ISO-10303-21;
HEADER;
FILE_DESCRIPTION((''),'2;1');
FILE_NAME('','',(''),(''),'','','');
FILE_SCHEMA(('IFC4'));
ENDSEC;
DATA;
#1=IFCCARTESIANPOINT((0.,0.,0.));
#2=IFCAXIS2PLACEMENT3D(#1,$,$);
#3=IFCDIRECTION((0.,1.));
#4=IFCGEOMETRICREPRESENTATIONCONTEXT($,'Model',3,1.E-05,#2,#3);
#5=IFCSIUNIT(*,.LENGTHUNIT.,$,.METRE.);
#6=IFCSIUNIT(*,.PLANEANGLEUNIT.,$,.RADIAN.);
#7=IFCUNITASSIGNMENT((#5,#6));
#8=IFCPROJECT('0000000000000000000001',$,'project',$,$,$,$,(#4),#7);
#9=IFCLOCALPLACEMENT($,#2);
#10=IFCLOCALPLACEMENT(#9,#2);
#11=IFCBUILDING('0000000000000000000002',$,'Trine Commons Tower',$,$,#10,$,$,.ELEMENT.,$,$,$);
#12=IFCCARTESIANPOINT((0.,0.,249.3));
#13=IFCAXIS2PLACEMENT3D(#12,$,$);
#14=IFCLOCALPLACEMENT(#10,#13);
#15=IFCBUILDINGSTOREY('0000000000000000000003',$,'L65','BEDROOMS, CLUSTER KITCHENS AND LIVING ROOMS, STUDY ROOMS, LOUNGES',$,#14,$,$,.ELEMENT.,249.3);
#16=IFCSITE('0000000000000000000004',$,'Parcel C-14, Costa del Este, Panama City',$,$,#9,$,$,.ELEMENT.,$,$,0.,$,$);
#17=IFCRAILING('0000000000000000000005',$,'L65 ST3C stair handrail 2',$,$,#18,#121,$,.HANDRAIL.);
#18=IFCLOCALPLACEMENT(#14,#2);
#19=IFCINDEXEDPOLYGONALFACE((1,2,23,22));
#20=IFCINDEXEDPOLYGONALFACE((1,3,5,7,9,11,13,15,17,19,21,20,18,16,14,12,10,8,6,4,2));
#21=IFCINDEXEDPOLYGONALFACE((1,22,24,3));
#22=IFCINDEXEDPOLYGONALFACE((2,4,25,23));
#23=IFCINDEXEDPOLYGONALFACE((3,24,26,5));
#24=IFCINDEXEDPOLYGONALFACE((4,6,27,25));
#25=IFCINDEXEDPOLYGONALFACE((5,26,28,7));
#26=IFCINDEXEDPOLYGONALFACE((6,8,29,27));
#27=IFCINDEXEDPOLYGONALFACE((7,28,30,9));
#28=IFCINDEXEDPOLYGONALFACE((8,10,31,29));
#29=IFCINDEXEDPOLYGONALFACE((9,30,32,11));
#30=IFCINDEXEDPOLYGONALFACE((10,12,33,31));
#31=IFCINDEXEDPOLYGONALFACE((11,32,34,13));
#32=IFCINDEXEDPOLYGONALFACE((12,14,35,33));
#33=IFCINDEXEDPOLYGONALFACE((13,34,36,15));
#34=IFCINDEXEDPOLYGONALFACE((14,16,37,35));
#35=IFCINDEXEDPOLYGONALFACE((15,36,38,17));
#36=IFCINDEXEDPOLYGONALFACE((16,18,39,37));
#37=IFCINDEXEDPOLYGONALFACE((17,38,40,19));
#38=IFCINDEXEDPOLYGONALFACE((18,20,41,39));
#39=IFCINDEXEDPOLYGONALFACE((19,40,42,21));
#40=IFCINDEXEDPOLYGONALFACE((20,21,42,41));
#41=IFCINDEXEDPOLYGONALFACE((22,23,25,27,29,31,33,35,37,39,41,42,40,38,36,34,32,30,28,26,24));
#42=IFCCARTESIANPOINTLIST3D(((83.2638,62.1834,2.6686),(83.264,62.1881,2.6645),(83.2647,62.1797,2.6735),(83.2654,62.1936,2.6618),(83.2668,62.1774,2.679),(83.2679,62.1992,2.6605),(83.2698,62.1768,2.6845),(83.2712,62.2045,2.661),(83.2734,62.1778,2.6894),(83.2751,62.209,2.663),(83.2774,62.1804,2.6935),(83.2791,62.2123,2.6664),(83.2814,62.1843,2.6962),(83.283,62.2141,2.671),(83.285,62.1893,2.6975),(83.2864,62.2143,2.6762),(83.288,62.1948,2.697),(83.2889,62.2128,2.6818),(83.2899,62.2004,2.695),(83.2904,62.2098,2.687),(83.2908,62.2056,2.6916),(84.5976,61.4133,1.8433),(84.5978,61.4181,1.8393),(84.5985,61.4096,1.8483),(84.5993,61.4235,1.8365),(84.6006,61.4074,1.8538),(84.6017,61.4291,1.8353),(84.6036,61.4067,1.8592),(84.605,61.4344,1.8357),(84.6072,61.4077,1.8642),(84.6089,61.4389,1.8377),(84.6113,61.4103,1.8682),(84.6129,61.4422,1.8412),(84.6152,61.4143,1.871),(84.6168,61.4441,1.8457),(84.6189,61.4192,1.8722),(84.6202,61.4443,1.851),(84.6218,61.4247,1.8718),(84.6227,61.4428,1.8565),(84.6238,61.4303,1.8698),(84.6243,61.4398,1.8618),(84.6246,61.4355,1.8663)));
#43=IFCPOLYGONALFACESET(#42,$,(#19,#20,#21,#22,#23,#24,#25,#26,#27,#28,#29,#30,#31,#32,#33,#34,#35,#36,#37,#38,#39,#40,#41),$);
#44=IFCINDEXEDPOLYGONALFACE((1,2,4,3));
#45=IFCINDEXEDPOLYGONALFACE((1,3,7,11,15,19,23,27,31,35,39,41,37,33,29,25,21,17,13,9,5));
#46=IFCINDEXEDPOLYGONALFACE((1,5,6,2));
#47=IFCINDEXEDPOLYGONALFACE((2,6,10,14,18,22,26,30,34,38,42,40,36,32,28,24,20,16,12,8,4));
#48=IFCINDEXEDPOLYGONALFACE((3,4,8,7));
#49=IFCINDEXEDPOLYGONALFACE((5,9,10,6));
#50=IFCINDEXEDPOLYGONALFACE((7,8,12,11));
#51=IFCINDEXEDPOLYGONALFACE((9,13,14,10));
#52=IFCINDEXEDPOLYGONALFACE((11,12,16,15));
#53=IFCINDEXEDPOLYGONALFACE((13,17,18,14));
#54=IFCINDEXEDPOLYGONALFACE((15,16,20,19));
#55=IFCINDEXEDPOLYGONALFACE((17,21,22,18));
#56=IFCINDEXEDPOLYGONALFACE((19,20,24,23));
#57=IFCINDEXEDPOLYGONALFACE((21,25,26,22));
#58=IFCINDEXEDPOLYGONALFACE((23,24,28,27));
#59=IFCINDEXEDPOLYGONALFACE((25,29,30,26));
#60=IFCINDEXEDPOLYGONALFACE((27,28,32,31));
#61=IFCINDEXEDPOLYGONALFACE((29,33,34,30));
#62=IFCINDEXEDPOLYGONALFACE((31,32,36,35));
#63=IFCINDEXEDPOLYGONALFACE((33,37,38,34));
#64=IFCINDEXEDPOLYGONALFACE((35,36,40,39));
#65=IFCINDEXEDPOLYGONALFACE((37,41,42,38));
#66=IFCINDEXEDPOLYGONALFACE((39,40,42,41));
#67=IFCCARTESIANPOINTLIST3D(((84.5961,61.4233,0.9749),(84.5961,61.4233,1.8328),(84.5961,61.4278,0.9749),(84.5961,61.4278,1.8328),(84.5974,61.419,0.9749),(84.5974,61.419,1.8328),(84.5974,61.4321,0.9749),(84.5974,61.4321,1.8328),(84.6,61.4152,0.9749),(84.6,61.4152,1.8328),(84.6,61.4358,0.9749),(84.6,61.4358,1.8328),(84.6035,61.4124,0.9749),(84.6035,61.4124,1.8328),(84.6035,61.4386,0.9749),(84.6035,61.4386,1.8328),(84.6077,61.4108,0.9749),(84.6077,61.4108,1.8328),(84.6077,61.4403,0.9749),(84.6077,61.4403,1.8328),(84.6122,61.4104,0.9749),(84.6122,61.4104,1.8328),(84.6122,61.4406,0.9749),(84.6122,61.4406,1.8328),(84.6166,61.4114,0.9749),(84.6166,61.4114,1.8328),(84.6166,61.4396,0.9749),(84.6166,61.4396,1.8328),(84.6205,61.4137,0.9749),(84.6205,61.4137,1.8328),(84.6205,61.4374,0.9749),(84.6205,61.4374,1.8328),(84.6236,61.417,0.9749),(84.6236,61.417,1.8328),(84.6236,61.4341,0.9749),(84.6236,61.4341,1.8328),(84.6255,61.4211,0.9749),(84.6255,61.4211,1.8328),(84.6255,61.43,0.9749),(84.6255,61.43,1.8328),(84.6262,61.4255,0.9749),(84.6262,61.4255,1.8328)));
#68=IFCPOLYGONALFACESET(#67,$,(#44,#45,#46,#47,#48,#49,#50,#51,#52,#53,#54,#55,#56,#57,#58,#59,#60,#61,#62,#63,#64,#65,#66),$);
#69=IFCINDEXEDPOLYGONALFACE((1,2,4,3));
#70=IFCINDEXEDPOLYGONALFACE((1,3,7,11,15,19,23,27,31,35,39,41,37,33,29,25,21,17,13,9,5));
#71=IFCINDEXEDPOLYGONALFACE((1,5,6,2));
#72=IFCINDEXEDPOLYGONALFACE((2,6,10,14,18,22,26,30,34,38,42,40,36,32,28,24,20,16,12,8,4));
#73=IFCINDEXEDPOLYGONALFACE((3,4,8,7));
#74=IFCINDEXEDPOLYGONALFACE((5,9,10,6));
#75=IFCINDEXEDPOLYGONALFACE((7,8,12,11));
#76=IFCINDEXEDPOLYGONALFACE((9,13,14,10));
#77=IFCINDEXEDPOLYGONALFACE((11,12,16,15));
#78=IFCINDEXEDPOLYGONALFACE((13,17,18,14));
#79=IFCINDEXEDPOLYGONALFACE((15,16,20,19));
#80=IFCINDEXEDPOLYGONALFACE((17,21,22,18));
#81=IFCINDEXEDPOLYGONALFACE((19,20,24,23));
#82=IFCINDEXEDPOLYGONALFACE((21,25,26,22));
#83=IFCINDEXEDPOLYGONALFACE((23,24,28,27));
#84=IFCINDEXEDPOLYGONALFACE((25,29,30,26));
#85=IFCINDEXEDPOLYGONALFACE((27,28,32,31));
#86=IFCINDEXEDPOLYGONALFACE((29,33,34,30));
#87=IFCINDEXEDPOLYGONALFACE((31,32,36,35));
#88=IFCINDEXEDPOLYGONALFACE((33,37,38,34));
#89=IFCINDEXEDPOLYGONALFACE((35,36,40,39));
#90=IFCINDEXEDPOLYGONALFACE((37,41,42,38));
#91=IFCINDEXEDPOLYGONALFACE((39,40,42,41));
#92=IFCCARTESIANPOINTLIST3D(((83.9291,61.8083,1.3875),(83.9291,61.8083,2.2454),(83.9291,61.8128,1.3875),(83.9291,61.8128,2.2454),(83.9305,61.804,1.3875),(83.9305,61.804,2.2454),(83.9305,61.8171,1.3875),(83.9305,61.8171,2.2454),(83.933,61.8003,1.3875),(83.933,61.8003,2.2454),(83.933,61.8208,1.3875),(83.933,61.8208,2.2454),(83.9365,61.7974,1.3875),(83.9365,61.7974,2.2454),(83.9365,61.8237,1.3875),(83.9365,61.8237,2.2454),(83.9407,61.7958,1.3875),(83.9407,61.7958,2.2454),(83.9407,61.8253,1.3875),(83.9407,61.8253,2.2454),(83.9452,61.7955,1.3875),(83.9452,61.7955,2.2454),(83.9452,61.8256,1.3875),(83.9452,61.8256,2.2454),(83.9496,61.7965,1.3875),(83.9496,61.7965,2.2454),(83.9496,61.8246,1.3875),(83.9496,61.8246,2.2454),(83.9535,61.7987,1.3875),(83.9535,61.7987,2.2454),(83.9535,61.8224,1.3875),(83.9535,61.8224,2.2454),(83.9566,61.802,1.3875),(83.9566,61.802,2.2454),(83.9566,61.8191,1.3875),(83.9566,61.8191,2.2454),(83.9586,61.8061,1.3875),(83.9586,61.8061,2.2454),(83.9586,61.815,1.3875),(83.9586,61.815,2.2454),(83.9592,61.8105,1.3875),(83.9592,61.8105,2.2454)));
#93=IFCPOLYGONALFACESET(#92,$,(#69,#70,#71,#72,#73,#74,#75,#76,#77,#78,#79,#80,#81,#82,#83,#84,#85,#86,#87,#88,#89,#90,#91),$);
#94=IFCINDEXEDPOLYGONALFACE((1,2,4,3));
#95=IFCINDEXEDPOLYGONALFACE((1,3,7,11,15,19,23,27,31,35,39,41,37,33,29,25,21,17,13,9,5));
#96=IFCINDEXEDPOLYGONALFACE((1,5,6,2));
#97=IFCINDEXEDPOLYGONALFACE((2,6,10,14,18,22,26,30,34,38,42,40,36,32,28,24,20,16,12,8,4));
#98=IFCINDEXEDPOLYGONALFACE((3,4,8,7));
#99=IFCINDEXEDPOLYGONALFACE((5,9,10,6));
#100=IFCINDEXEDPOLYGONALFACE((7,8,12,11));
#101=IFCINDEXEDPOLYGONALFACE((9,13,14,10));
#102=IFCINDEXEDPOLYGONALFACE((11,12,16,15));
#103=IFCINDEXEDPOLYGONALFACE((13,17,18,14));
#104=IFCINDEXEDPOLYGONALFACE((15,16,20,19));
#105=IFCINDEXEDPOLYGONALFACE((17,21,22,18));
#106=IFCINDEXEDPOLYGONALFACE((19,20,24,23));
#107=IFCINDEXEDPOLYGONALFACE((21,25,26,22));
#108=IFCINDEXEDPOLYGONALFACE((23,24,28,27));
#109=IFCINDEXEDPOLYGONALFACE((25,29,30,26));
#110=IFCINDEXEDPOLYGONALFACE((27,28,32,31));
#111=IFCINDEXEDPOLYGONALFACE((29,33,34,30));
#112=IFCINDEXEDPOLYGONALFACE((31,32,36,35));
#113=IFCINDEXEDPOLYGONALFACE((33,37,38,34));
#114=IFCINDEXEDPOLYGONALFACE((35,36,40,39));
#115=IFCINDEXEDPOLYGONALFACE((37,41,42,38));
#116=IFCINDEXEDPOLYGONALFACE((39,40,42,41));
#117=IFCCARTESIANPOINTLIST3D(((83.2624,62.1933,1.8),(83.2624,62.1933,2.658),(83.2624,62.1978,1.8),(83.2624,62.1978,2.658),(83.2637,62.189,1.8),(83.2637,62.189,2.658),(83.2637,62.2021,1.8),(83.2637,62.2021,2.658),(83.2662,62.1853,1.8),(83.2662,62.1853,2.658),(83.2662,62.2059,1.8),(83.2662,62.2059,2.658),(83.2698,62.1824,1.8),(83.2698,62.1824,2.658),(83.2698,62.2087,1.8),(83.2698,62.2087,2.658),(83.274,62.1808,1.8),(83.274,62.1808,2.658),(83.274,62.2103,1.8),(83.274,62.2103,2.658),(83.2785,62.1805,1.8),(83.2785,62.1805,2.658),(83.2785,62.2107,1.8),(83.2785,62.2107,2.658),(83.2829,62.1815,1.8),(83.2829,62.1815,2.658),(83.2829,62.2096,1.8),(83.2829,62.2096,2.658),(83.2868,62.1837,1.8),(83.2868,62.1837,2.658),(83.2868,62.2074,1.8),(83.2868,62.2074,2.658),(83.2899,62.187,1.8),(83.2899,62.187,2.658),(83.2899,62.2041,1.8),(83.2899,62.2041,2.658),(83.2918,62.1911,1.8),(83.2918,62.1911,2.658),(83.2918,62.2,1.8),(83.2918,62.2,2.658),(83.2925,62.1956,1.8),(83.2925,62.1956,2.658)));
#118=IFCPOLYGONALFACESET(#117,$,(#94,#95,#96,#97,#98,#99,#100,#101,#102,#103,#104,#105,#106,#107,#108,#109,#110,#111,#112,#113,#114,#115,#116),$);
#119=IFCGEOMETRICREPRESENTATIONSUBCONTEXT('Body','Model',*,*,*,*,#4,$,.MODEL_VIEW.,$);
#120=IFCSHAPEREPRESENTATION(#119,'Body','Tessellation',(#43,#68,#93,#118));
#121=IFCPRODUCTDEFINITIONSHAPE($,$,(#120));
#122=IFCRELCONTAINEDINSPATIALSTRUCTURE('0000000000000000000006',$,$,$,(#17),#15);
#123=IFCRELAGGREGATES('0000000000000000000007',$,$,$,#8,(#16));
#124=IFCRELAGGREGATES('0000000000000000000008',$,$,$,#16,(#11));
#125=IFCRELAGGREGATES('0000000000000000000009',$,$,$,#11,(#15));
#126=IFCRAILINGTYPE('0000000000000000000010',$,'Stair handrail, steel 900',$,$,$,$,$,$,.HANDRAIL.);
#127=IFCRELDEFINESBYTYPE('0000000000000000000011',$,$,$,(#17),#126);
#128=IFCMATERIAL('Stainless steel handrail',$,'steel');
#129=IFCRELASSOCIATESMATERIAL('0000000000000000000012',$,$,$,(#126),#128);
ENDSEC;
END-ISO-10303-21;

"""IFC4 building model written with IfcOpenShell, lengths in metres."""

from ifc_helpers import new_model, si_unit, direction, frame, origin, origin_2d, place, context, subcontext, project, spatial, circle, extrude, material, type_object, element, save


model = new_model("IFC4")

# Units and contexts
model_context = context("Model", 3, precision=1e-05, world=origin(), true_north=direction((0.0, 1.0)))
body_context = subcontext(model_context, "Body", "Model", "MODEL_VIEW")
ifc_project = project(units=[si_unit("LENGTHUNIT", "METRE"), si_unit("PLANEANGLEUNIT", "RADIAN")], contexts=[model_context])

# Site, building, storey
site_placement = place(None, origin())
site = spatial("IfcSite", under=ifc_project, at=site_placement, Name="Parcel C-14, Costa del Este, Panama City", CompositionType="ELEMENT", RefElevation=0.0)
building_placement = place(site_placement, origin())
building = spatial("IfcBuilding", under=site, at=building_placement, Name="Trine Commons Tower", CompositionType="ELEMENT")
storey_placement = place(building_placement, frame((0.0, 0.0, 249.3)))
storey = spatial("IfcBuildingStorey", under=building, at=storey_placement, Name="L65", Description="BEDROOMS, CLUSTER KITCHENS AND LIVING ROOMS, STUDY ROOMS, LOUNGES", CompositionType="ELEMENT", Elevation=249.3)

# Railing
ifc_material_1 = material(Name="Stainless steel handrail", Category="steel")
railing_type_1 = type_object("IfcRailingType", Name="Stair handrail, steel 900", PredefinedType="HANDRAIL", material=ifc_material_1)
railing_1_placement = place(storey_placement, frame((84.6111, 61.4255, 0.9749)))
element("IfcRailing", 1, at=railing_1_placement, inside=storey, type_object=railing_type_1, Name="L65 ST3C stair handrail 2", PredefinedType="HANDRAIL", context=body_context, shape_type="SweptSolid", body=[
    extrude(circle(Radius=0.021, at=origin_2d()), frame((0.0, 0.0, 0.8789), z_axis=(-0.763355, 0.440714, 0.472293), x_axis=(-0.499992, -0.86603, 0.0)), (0.0, 0.0, 1.0), 1.7473),
    extrude(circle(Radius=0.0151, at=origin_2d()), origin(), (0.0, 0.0, 1.0), 0.8579),
    extrude(circle(Radius=0.0151, at=origin_2d()), frame((-0.667, 0.385, 0.4126)), (0.0, 0.0, 1.0), 0.8579),
    extrude(circle(Radius=0.0151, at=origin_2d()), frame((-1.3337, 0.77, 0.8252)), (0.0, 0.0, 1.0), 0.8579),
])

save(model, "model.ifc")
